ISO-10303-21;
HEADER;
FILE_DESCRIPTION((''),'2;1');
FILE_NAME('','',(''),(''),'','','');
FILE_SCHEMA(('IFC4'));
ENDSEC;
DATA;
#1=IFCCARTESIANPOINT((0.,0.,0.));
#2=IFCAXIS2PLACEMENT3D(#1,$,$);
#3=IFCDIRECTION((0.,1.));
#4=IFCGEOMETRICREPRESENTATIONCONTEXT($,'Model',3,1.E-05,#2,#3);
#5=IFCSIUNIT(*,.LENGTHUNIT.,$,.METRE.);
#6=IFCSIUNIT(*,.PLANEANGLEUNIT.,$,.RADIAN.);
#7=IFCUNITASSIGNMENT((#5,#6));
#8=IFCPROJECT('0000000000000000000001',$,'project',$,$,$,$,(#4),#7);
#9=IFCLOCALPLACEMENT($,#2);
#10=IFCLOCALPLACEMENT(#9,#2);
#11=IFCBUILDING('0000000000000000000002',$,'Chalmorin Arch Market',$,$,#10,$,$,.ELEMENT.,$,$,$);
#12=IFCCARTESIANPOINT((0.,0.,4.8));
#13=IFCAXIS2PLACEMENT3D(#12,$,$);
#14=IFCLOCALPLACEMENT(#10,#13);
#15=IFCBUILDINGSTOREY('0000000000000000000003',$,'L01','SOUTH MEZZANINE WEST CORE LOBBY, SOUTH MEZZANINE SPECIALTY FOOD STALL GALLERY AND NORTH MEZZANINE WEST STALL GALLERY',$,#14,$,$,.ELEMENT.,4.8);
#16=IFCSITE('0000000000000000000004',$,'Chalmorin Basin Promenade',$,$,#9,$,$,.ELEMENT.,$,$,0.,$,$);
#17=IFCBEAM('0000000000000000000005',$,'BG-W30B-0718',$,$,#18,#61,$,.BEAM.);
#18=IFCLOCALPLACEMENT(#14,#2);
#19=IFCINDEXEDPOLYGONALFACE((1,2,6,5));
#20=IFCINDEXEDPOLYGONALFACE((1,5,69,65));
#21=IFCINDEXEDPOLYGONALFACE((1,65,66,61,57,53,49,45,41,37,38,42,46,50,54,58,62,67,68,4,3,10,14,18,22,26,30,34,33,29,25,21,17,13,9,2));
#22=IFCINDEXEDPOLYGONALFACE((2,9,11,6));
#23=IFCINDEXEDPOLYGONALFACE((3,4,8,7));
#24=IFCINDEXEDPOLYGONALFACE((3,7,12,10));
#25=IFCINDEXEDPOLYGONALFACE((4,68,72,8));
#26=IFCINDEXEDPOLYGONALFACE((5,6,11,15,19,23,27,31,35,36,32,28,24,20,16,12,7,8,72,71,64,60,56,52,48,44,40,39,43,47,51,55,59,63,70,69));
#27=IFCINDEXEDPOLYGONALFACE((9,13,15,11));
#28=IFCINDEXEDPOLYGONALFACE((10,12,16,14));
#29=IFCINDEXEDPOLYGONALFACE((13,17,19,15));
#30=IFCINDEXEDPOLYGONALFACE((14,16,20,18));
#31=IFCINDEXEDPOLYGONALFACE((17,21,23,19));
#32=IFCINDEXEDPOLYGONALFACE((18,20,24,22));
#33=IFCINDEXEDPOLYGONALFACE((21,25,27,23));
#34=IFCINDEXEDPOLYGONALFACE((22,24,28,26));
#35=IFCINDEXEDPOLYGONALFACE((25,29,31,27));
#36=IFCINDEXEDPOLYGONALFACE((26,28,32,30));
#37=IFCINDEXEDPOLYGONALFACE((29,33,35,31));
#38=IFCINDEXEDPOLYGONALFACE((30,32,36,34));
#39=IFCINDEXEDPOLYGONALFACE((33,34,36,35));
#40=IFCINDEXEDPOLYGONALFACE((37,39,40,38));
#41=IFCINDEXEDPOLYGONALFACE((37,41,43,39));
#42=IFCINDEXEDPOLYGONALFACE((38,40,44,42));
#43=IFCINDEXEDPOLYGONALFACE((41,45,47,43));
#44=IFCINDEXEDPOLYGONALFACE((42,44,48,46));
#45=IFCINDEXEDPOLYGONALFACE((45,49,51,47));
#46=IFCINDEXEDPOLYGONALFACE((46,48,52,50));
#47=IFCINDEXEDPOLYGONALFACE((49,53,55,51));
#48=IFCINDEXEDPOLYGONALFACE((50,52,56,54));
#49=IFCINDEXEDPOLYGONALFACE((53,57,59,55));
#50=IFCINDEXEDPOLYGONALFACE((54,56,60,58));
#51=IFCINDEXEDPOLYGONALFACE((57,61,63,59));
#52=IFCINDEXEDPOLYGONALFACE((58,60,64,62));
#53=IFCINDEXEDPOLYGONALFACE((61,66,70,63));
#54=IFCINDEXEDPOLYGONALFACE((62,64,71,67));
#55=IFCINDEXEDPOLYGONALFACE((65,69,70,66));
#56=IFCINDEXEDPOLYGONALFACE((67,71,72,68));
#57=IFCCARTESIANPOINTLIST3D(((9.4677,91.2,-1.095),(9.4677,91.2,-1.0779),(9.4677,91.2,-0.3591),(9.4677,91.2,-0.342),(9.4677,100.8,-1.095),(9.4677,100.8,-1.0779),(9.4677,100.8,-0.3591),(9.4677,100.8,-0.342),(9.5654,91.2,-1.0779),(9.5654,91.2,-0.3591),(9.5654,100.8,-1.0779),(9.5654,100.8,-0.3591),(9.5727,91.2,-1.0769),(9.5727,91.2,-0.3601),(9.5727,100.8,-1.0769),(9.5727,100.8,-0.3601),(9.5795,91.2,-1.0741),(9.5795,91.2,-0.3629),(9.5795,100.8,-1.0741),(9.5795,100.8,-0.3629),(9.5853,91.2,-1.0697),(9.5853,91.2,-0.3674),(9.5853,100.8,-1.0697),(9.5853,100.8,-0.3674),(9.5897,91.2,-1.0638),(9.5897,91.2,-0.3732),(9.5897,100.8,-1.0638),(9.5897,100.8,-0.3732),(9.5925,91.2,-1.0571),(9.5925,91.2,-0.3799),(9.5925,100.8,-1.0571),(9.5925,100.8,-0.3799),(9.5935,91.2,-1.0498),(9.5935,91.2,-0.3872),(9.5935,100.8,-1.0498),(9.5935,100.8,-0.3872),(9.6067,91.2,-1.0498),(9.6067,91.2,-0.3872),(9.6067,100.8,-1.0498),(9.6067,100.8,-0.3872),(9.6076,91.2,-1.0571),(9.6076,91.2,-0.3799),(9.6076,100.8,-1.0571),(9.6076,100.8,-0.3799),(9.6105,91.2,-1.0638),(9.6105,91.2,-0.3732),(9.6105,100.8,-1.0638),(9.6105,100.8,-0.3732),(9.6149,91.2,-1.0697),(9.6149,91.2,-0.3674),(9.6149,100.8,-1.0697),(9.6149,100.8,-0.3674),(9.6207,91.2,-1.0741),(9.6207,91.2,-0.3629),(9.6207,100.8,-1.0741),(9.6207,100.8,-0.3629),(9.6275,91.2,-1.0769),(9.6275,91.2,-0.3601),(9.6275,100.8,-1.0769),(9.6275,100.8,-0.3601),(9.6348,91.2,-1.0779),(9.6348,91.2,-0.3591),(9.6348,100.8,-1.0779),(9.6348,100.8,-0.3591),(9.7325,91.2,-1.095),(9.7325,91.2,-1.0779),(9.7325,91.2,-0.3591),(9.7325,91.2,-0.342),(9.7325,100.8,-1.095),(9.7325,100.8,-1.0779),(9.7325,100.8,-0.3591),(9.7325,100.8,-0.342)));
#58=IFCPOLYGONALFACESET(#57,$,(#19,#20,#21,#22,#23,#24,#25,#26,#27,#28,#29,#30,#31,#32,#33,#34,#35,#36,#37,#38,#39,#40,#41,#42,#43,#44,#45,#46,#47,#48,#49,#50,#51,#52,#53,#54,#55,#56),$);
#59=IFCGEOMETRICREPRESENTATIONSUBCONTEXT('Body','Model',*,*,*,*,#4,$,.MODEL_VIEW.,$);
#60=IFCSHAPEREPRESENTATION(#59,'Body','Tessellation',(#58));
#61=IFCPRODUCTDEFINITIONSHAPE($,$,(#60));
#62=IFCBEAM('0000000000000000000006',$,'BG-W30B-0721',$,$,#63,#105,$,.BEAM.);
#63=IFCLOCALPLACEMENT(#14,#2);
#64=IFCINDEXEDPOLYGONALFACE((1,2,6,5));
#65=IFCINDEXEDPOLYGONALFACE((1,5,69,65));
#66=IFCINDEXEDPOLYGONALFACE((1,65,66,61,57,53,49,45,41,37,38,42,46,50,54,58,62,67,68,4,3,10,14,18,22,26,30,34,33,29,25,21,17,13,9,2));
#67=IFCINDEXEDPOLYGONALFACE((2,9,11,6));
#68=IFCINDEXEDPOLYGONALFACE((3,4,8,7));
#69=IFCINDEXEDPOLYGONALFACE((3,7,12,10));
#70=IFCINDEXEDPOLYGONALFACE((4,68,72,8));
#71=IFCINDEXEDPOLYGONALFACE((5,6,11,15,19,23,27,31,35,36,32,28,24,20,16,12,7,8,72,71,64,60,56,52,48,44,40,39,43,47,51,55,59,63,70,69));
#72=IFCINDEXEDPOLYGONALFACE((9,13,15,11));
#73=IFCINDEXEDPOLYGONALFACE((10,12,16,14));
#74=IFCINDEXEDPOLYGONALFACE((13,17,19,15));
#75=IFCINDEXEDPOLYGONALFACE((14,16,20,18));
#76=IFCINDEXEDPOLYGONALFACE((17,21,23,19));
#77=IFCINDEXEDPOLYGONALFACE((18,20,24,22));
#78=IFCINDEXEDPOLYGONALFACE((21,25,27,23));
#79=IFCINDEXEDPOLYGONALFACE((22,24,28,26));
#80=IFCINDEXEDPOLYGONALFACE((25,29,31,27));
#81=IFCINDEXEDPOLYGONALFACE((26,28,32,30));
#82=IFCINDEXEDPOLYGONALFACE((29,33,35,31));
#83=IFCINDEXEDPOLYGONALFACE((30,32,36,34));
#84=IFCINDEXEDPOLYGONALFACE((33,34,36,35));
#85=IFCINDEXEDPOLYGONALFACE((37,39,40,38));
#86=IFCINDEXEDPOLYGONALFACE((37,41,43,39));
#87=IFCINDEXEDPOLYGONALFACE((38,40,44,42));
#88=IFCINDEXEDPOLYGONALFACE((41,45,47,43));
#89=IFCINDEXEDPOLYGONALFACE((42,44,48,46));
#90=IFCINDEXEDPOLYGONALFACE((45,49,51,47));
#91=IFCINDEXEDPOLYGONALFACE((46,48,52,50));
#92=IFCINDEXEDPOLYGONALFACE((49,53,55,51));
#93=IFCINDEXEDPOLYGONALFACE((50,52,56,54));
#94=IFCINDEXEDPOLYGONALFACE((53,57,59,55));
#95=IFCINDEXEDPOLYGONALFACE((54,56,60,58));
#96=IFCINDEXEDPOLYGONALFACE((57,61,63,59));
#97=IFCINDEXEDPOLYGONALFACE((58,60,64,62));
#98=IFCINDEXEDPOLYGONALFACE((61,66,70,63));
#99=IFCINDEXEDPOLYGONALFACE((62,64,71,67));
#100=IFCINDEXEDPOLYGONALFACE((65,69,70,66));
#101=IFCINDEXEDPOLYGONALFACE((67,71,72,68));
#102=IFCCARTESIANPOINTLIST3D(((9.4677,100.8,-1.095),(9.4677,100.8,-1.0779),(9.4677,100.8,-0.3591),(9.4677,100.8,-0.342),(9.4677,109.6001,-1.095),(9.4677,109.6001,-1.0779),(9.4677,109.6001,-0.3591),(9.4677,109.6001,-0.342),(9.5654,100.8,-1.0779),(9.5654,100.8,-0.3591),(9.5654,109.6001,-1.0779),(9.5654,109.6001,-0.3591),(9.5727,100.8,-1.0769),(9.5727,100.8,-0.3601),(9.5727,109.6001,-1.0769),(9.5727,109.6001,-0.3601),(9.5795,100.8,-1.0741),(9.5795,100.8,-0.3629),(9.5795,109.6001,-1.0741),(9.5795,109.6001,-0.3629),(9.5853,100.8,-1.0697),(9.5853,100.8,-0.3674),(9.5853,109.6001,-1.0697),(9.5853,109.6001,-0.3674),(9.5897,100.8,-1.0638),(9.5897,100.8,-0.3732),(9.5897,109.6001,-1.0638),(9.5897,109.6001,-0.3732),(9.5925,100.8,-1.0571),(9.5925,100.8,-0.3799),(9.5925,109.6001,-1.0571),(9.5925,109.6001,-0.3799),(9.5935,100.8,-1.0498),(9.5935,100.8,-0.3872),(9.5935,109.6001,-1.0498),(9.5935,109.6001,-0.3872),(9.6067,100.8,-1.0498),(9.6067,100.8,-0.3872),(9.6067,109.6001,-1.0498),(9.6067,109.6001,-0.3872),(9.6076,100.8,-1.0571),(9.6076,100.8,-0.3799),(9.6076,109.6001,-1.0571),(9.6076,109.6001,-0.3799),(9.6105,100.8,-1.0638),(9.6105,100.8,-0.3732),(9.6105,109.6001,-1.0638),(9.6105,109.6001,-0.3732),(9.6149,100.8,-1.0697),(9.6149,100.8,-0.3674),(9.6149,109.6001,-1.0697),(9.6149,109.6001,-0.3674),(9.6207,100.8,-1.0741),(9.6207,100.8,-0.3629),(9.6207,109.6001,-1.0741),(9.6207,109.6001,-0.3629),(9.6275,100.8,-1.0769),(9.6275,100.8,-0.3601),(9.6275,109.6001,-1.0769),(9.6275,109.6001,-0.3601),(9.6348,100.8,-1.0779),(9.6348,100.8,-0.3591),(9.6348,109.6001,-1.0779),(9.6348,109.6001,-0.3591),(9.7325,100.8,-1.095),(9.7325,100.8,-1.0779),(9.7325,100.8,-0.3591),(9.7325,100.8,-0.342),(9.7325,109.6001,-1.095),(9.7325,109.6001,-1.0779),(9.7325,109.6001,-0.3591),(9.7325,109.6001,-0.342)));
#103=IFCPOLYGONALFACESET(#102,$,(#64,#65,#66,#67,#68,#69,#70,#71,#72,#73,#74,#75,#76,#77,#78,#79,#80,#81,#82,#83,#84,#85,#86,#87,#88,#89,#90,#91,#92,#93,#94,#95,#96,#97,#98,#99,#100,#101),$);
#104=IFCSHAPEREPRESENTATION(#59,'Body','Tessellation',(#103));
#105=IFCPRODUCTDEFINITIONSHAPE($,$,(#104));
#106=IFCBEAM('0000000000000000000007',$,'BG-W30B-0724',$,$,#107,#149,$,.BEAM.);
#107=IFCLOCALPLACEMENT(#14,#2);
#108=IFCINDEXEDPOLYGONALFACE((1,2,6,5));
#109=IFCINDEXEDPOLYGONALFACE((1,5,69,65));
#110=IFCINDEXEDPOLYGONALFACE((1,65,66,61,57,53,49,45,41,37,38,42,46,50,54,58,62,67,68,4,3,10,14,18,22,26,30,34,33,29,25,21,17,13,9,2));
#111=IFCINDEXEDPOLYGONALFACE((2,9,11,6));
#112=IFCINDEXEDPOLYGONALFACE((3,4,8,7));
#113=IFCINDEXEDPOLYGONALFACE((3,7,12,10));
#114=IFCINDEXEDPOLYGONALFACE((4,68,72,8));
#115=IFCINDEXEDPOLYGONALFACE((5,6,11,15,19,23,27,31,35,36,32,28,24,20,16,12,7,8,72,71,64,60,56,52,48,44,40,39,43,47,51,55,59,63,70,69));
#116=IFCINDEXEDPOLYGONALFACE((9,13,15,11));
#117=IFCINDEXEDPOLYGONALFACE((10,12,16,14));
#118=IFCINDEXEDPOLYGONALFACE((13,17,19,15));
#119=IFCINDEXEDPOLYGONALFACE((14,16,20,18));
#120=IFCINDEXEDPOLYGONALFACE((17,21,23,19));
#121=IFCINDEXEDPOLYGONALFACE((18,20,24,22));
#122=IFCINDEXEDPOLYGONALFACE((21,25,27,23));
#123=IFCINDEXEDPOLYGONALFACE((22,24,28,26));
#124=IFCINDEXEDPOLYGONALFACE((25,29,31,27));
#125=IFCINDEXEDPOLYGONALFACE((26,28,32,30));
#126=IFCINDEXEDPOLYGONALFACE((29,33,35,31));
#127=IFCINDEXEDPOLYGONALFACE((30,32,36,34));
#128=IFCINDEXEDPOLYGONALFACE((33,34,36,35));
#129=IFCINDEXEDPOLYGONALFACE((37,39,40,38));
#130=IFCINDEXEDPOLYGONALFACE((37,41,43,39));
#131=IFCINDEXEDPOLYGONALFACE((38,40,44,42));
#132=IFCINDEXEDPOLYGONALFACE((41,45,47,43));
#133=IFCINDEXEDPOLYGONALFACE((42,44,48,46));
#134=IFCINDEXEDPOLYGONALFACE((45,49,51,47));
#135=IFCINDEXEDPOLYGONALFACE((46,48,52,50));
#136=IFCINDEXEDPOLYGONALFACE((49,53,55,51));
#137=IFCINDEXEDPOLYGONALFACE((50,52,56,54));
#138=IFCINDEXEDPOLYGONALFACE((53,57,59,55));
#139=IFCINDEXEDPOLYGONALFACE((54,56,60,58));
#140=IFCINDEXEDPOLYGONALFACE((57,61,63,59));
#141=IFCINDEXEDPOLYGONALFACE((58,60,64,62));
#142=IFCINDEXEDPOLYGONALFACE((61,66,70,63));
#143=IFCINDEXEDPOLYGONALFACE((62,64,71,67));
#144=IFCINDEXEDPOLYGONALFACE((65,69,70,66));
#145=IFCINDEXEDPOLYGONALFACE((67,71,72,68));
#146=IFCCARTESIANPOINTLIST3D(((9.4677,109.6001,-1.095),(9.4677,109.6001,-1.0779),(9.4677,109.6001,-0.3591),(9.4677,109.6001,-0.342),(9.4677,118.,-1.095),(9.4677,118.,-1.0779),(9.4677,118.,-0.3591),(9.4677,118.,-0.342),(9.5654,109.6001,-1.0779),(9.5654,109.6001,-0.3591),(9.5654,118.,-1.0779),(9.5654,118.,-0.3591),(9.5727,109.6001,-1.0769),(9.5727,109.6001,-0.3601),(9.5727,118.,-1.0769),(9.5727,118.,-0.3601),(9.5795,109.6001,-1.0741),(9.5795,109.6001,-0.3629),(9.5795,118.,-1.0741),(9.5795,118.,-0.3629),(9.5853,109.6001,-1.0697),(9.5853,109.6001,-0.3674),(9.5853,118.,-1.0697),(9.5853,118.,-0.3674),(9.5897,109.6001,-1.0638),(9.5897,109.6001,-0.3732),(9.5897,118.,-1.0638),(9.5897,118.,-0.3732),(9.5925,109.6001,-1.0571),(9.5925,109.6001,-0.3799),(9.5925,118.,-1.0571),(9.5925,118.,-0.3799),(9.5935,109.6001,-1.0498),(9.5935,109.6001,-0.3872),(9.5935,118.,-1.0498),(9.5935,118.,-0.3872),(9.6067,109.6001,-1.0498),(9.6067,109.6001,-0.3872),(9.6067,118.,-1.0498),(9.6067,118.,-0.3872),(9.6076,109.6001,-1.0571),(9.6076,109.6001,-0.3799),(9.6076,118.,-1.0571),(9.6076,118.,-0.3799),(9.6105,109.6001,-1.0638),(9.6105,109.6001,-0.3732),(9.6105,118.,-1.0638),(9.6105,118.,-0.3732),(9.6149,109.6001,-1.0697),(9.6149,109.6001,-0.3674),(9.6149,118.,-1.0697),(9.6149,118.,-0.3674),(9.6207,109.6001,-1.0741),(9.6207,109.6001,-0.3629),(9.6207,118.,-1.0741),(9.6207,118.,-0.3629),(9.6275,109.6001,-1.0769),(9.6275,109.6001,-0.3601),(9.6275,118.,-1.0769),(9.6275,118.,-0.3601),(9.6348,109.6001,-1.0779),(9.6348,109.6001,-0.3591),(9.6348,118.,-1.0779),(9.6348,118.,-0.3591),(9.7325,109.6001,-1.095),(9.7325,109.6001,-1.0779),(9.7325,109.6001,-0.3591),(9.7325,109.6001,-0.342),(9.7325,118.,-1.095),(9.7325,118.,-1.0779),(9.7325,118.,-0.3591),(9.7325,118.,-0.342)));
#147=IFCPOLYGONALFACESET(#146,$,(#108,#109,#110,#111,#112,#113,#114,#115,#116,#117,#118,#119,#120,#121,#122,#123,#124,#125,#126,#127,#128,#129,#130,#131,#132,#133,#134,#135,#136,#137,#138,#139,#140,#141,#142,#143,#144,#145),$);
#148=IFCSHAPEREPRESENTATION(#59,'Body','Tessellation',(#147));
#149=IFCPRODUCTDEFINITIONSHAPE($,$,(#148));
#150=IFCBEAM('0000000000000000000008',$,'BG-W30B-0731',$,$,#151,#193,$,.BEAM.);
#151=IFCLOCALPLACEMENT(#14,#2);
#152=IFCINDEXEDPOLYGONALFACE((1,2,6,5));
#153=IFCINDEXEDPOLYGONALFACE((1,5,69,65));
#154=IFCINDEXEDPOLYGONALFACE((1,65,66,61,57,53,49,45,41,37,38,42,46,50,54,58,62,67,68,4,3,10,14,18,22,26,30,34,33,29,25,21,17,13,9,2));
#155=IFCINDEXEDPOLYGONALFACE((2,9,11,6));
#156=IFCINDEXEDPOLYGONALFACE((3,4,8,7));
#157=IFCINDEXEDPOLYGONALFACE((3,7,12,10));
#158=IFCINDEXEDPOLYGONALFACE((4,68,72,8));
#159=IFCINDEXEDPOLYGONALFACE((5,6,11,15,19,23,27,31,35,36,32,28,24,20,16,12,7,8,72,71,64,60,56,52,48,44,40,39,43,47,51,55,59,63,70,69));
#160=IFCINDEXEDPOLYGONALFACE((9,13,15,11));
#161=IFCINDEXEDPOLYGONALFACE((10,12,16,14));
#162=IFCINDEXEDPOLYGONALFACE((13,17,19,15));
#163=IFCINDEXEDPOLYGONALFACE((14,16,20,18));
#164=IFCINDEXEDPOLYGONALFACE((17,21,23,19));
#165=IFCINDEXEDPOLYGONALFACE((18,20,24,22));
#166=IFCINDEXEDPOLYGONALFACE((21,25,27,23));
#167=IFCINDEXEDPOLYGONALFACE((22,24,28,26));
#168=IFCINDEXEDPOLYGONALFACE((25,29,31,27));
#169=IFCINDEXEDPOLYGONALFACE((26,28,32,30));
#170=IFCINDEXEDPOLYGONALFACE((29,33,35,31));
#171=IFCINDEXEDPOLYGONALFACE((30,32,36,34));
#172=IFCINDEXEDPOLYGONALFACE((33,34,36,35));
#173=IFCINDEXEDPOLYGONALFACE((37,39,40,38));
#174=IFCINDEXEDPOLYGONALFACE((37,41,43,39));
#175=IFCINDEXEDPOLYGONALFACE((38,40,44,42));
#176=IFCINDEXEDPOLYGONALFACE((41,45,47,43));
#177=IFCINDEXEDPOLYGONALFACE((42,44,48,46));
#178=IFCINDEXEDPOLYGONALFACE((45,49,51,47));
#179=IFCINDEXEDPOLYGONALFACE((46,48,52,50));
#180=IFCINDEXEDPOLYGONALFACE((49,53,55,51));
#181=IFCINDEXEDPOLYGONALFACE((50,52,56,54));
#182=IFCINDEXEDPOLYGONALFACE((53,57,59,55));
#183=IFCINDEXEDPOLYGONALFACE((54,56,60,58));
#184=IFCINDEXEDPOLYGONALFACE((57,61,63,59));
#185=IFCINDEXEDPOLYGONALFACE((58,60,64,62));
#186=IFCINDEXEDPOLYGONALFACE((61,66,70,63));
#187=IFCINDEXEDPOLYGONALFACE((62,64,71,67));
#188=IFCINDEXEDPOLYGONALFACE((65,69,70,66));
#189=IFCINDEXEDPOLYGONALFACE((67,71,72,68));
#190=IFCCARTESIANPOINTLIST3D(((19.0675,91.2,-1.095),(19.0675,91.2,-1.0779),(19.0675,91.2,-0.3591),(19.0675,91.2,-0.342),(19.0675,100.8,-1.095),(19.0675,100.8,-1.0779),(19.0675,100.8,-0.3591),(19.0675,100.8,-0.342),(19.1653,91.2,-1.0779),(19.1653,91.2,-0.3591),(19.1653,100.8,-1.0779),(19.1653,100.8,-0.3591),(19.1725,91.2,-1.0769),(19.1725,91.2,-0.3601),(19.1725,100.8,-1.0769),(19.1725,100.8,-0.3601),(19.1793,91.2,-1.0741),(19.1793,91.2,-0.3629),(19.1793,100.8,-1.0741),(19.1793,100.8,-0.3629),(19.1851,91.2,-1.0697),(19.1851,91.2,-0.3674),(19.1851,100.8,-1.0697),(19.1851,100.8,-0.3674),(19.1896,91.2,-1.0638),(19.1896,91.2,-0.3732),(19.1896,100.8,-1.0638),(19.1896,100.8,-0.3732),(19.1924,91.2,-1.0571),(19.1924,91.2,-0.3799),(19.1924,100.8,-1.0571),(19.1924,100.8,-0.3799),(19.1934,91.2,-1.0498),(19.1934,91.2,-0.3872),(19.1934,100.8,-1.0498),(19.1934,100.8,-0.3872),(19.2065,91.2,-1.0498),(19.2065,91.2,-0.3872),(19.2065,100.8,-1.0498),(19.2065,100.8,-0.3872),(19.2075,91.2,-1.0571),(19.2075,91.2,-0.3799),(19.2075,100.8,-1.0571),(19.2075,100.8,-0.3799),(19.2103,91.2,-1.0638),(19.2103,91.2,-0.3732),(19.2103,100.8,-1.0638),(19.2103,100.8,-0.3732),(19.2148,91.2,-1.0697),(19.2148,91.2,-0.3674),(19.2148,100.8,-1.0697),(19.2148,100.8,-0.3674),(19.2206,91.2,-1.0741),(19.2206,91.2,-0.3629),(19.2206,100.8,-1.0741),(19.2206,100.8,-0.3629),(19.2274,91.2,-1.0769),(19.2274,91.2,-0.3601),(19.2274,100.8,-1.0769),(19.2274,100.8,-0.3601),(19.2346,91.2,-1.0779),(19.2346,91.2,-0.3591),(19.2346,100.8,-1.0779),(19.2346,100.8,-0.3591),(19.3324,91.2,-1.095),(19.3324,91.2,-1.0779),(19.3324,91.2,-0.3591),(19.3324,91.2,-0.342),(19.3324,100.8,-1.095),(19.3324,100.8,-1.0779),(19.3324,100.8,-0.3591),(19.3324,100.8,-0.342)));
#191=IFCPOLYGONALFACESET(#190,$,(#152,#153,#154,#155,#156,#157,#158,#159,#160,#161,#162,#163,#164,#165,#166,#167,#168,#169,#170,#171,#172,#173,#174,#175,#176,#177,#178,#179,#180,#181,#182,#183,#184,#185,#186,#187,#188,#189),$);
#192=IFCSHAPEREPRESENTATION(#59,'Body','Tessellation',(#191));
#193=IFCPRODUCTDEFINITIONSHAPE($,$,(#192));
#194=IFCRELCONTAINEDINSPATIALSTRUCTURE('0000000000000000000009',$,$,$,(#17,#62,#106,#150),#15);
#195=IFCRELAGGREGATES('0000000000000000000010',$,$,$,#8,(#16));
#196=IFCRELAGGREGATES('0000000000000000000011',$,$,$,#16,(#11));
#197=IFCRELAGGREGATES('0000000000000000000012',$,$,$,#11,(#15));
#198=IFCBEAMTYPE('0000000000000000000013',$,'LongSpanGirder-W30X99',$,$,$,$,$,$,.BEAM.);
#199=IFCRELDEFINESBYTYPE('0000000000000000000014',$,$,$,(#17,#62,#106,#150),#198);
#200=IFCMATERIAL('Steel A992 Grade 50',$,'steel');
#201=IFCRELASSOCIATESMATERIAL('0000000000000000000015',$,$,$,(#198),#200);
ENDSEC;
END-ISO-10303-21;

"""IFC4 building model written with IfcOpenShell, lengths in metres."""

from ifc_helpers import new_model, si_unit, direction, frame, origin, origin_2d, place, context, subcontext, project, spatial, i_section, extrude, material, material_profile, profile_set, type_object, element, save


model = new_model("IFC4")

# Units and contexts
model_context = context("Model", 3, precision=1e-05, world=origin(), true_north=direction((0.0, 1.0)))
body_context = subcontext(model_context, "Body", "Model", "MODEL_VIEW")
ifc_project = project(units=[si_unit("LENGTHUNIT", "METRE"), si_unit("PLANEANGLEUNIT", "RADIAN")], contexts=[model_context])

# Site, building, storey
site_placement = place(None, origin())
site = spatial("IfcSite", under=ifc_project, at=site_placement, Name="Chalmorin Basin Promenade", CompositionType="ELEMENT", RefElevation=0.0)
building_placement = place(site_placement, origin())
building = spatial("IfcBuilding", under=site, at=building_placement, Name="Chalmorin Arch Market", CompositionType="ELEMENT")
storey_placement = place(building_placement, frame((0.0, 0.0, 4.8)))
storey = spatial("IfcBuildingStorey", under=building, at=storey_placement, Name="L01", Description="SOUTH MEZZANINE WEST CORE LOBBY, SOUTH MEZZANINE SPECIALTY FOOD STALL GALLERY AND NORTH MEZZANINE WEST STALL GALLERY", CompositionType="ELEMENT", Elevation=4.8)

# Beams
ifc_material = material(Name="Steel A992 Grade 50", Category="steel")
ifc_material_profile_1 = material_profile(ifc_material, i_section(OverallWidth=0.2649, OverallDepth=0.7529, WebThickness=0.0132, FlangeThickness=0.0171, FilletRadius=0.0281, at=origin_2d()), Name="W30X99")
ifc_profile_set_1 = profile_set([ifc_material_profile_1], Name="Steel A992 Grade 50")
beam_type_1 = type_object("IfcBeamType", Name="LongSpanGirder-W30X99", PredefinedType="BEAM", material=ifc_profile_set_1)
beam_1_placement = place(storey_placement, frame((9.6001, 91.2, -0.7185), z_axis=(0.0, 1.0, 0.0), x_axis=(-1.0, 0.0, 0.0)))
element("IfcBeam", 1, at=beam_1_placement, inside=storey, type_object=beam_type_1, Name="BG-W30B-0718", PredefinedType="BEAM", context=body_context, shape_type="SweptSolid", body=[
    extrude(i_section(OverallWidth=0.2649, OverallDepth=0.7529, WebThickness=0.0132, FlangeThickness=0.0171, FilletRadius=0.0281, at=origin_2d()), origin(), (0.0, 0.0, 1.0), 9.6001),
])
beam_2_placement = place(storey_placement, frame((9.6001, 100.8, -0.7185), z_axis=(0.0, 1.0, 0.0), x_axis=(-1.0, 0.0, 0.0)))
element("IfcBeam", 2, at=beam_2_placement, inside=storey, type_object=beam_type_1, Name="BG-W30B-0721", PredefinedType="BEAM", context=body_context, shape_type="SweptSolid", body=[
    extrude(i_section(OverallWidth=0.2649, OverallDepth=0.7529, WebThickness=0.0132, FlangeThickness=0.0171, FilletRadius=0.0281, at=origin_2d()), origin(), (0.0, 0.0, 1.0), 8.8),
])
beam_3_placement = place(storey_placement, frame((9.6001, 109.6001, -0.7185), z_axis=(0.0, 1.0, 0.0), x_axis=(-1.0, 0.0, 0.0)))
element("IfcBeam", 3, at=beam_3_placement, inside=storey, type_object=beam_type_1, Name="BG-W30B-0724", PredefinedType="BEAM", context=body_context, shape_type="SweptSolid", body=[
    extrude(i_section(OverallWidth=0.2649, OverallDepth=0.7529, WebThickness=0.0132, FlangeThickness=0.0171, FilletRadius=0.0281, at=origin_2d()), origin(), (0.0, 0.0, 1.0), 8.3999),
])
beam_4_placement = place(storey_placement, frame((19.2, 91.2, -0.7185), z_axis=(0.0, 1.0, 0.0), x_axis=(-1.0, 0.0, 0.0)))
element("IfcBeam", 4, at=beam_4_placement, inside=storey, type_object=beam_type_1, Name="BG-W30B-0731", PredefinedType="BEAM", context=body_context, shape_type="SweptSolid", body=[
    extrude(i_section(OverallWidth=0.2649, OverallDepth=0.7529, WebThickness=0.0132, FlangeThickness=0.0171, FilletRadius=0.0281, at=origin_2d()), origin(), (0.0, 0.0, 1.0), 9.6001),
])

save(model, "model.ifc")
